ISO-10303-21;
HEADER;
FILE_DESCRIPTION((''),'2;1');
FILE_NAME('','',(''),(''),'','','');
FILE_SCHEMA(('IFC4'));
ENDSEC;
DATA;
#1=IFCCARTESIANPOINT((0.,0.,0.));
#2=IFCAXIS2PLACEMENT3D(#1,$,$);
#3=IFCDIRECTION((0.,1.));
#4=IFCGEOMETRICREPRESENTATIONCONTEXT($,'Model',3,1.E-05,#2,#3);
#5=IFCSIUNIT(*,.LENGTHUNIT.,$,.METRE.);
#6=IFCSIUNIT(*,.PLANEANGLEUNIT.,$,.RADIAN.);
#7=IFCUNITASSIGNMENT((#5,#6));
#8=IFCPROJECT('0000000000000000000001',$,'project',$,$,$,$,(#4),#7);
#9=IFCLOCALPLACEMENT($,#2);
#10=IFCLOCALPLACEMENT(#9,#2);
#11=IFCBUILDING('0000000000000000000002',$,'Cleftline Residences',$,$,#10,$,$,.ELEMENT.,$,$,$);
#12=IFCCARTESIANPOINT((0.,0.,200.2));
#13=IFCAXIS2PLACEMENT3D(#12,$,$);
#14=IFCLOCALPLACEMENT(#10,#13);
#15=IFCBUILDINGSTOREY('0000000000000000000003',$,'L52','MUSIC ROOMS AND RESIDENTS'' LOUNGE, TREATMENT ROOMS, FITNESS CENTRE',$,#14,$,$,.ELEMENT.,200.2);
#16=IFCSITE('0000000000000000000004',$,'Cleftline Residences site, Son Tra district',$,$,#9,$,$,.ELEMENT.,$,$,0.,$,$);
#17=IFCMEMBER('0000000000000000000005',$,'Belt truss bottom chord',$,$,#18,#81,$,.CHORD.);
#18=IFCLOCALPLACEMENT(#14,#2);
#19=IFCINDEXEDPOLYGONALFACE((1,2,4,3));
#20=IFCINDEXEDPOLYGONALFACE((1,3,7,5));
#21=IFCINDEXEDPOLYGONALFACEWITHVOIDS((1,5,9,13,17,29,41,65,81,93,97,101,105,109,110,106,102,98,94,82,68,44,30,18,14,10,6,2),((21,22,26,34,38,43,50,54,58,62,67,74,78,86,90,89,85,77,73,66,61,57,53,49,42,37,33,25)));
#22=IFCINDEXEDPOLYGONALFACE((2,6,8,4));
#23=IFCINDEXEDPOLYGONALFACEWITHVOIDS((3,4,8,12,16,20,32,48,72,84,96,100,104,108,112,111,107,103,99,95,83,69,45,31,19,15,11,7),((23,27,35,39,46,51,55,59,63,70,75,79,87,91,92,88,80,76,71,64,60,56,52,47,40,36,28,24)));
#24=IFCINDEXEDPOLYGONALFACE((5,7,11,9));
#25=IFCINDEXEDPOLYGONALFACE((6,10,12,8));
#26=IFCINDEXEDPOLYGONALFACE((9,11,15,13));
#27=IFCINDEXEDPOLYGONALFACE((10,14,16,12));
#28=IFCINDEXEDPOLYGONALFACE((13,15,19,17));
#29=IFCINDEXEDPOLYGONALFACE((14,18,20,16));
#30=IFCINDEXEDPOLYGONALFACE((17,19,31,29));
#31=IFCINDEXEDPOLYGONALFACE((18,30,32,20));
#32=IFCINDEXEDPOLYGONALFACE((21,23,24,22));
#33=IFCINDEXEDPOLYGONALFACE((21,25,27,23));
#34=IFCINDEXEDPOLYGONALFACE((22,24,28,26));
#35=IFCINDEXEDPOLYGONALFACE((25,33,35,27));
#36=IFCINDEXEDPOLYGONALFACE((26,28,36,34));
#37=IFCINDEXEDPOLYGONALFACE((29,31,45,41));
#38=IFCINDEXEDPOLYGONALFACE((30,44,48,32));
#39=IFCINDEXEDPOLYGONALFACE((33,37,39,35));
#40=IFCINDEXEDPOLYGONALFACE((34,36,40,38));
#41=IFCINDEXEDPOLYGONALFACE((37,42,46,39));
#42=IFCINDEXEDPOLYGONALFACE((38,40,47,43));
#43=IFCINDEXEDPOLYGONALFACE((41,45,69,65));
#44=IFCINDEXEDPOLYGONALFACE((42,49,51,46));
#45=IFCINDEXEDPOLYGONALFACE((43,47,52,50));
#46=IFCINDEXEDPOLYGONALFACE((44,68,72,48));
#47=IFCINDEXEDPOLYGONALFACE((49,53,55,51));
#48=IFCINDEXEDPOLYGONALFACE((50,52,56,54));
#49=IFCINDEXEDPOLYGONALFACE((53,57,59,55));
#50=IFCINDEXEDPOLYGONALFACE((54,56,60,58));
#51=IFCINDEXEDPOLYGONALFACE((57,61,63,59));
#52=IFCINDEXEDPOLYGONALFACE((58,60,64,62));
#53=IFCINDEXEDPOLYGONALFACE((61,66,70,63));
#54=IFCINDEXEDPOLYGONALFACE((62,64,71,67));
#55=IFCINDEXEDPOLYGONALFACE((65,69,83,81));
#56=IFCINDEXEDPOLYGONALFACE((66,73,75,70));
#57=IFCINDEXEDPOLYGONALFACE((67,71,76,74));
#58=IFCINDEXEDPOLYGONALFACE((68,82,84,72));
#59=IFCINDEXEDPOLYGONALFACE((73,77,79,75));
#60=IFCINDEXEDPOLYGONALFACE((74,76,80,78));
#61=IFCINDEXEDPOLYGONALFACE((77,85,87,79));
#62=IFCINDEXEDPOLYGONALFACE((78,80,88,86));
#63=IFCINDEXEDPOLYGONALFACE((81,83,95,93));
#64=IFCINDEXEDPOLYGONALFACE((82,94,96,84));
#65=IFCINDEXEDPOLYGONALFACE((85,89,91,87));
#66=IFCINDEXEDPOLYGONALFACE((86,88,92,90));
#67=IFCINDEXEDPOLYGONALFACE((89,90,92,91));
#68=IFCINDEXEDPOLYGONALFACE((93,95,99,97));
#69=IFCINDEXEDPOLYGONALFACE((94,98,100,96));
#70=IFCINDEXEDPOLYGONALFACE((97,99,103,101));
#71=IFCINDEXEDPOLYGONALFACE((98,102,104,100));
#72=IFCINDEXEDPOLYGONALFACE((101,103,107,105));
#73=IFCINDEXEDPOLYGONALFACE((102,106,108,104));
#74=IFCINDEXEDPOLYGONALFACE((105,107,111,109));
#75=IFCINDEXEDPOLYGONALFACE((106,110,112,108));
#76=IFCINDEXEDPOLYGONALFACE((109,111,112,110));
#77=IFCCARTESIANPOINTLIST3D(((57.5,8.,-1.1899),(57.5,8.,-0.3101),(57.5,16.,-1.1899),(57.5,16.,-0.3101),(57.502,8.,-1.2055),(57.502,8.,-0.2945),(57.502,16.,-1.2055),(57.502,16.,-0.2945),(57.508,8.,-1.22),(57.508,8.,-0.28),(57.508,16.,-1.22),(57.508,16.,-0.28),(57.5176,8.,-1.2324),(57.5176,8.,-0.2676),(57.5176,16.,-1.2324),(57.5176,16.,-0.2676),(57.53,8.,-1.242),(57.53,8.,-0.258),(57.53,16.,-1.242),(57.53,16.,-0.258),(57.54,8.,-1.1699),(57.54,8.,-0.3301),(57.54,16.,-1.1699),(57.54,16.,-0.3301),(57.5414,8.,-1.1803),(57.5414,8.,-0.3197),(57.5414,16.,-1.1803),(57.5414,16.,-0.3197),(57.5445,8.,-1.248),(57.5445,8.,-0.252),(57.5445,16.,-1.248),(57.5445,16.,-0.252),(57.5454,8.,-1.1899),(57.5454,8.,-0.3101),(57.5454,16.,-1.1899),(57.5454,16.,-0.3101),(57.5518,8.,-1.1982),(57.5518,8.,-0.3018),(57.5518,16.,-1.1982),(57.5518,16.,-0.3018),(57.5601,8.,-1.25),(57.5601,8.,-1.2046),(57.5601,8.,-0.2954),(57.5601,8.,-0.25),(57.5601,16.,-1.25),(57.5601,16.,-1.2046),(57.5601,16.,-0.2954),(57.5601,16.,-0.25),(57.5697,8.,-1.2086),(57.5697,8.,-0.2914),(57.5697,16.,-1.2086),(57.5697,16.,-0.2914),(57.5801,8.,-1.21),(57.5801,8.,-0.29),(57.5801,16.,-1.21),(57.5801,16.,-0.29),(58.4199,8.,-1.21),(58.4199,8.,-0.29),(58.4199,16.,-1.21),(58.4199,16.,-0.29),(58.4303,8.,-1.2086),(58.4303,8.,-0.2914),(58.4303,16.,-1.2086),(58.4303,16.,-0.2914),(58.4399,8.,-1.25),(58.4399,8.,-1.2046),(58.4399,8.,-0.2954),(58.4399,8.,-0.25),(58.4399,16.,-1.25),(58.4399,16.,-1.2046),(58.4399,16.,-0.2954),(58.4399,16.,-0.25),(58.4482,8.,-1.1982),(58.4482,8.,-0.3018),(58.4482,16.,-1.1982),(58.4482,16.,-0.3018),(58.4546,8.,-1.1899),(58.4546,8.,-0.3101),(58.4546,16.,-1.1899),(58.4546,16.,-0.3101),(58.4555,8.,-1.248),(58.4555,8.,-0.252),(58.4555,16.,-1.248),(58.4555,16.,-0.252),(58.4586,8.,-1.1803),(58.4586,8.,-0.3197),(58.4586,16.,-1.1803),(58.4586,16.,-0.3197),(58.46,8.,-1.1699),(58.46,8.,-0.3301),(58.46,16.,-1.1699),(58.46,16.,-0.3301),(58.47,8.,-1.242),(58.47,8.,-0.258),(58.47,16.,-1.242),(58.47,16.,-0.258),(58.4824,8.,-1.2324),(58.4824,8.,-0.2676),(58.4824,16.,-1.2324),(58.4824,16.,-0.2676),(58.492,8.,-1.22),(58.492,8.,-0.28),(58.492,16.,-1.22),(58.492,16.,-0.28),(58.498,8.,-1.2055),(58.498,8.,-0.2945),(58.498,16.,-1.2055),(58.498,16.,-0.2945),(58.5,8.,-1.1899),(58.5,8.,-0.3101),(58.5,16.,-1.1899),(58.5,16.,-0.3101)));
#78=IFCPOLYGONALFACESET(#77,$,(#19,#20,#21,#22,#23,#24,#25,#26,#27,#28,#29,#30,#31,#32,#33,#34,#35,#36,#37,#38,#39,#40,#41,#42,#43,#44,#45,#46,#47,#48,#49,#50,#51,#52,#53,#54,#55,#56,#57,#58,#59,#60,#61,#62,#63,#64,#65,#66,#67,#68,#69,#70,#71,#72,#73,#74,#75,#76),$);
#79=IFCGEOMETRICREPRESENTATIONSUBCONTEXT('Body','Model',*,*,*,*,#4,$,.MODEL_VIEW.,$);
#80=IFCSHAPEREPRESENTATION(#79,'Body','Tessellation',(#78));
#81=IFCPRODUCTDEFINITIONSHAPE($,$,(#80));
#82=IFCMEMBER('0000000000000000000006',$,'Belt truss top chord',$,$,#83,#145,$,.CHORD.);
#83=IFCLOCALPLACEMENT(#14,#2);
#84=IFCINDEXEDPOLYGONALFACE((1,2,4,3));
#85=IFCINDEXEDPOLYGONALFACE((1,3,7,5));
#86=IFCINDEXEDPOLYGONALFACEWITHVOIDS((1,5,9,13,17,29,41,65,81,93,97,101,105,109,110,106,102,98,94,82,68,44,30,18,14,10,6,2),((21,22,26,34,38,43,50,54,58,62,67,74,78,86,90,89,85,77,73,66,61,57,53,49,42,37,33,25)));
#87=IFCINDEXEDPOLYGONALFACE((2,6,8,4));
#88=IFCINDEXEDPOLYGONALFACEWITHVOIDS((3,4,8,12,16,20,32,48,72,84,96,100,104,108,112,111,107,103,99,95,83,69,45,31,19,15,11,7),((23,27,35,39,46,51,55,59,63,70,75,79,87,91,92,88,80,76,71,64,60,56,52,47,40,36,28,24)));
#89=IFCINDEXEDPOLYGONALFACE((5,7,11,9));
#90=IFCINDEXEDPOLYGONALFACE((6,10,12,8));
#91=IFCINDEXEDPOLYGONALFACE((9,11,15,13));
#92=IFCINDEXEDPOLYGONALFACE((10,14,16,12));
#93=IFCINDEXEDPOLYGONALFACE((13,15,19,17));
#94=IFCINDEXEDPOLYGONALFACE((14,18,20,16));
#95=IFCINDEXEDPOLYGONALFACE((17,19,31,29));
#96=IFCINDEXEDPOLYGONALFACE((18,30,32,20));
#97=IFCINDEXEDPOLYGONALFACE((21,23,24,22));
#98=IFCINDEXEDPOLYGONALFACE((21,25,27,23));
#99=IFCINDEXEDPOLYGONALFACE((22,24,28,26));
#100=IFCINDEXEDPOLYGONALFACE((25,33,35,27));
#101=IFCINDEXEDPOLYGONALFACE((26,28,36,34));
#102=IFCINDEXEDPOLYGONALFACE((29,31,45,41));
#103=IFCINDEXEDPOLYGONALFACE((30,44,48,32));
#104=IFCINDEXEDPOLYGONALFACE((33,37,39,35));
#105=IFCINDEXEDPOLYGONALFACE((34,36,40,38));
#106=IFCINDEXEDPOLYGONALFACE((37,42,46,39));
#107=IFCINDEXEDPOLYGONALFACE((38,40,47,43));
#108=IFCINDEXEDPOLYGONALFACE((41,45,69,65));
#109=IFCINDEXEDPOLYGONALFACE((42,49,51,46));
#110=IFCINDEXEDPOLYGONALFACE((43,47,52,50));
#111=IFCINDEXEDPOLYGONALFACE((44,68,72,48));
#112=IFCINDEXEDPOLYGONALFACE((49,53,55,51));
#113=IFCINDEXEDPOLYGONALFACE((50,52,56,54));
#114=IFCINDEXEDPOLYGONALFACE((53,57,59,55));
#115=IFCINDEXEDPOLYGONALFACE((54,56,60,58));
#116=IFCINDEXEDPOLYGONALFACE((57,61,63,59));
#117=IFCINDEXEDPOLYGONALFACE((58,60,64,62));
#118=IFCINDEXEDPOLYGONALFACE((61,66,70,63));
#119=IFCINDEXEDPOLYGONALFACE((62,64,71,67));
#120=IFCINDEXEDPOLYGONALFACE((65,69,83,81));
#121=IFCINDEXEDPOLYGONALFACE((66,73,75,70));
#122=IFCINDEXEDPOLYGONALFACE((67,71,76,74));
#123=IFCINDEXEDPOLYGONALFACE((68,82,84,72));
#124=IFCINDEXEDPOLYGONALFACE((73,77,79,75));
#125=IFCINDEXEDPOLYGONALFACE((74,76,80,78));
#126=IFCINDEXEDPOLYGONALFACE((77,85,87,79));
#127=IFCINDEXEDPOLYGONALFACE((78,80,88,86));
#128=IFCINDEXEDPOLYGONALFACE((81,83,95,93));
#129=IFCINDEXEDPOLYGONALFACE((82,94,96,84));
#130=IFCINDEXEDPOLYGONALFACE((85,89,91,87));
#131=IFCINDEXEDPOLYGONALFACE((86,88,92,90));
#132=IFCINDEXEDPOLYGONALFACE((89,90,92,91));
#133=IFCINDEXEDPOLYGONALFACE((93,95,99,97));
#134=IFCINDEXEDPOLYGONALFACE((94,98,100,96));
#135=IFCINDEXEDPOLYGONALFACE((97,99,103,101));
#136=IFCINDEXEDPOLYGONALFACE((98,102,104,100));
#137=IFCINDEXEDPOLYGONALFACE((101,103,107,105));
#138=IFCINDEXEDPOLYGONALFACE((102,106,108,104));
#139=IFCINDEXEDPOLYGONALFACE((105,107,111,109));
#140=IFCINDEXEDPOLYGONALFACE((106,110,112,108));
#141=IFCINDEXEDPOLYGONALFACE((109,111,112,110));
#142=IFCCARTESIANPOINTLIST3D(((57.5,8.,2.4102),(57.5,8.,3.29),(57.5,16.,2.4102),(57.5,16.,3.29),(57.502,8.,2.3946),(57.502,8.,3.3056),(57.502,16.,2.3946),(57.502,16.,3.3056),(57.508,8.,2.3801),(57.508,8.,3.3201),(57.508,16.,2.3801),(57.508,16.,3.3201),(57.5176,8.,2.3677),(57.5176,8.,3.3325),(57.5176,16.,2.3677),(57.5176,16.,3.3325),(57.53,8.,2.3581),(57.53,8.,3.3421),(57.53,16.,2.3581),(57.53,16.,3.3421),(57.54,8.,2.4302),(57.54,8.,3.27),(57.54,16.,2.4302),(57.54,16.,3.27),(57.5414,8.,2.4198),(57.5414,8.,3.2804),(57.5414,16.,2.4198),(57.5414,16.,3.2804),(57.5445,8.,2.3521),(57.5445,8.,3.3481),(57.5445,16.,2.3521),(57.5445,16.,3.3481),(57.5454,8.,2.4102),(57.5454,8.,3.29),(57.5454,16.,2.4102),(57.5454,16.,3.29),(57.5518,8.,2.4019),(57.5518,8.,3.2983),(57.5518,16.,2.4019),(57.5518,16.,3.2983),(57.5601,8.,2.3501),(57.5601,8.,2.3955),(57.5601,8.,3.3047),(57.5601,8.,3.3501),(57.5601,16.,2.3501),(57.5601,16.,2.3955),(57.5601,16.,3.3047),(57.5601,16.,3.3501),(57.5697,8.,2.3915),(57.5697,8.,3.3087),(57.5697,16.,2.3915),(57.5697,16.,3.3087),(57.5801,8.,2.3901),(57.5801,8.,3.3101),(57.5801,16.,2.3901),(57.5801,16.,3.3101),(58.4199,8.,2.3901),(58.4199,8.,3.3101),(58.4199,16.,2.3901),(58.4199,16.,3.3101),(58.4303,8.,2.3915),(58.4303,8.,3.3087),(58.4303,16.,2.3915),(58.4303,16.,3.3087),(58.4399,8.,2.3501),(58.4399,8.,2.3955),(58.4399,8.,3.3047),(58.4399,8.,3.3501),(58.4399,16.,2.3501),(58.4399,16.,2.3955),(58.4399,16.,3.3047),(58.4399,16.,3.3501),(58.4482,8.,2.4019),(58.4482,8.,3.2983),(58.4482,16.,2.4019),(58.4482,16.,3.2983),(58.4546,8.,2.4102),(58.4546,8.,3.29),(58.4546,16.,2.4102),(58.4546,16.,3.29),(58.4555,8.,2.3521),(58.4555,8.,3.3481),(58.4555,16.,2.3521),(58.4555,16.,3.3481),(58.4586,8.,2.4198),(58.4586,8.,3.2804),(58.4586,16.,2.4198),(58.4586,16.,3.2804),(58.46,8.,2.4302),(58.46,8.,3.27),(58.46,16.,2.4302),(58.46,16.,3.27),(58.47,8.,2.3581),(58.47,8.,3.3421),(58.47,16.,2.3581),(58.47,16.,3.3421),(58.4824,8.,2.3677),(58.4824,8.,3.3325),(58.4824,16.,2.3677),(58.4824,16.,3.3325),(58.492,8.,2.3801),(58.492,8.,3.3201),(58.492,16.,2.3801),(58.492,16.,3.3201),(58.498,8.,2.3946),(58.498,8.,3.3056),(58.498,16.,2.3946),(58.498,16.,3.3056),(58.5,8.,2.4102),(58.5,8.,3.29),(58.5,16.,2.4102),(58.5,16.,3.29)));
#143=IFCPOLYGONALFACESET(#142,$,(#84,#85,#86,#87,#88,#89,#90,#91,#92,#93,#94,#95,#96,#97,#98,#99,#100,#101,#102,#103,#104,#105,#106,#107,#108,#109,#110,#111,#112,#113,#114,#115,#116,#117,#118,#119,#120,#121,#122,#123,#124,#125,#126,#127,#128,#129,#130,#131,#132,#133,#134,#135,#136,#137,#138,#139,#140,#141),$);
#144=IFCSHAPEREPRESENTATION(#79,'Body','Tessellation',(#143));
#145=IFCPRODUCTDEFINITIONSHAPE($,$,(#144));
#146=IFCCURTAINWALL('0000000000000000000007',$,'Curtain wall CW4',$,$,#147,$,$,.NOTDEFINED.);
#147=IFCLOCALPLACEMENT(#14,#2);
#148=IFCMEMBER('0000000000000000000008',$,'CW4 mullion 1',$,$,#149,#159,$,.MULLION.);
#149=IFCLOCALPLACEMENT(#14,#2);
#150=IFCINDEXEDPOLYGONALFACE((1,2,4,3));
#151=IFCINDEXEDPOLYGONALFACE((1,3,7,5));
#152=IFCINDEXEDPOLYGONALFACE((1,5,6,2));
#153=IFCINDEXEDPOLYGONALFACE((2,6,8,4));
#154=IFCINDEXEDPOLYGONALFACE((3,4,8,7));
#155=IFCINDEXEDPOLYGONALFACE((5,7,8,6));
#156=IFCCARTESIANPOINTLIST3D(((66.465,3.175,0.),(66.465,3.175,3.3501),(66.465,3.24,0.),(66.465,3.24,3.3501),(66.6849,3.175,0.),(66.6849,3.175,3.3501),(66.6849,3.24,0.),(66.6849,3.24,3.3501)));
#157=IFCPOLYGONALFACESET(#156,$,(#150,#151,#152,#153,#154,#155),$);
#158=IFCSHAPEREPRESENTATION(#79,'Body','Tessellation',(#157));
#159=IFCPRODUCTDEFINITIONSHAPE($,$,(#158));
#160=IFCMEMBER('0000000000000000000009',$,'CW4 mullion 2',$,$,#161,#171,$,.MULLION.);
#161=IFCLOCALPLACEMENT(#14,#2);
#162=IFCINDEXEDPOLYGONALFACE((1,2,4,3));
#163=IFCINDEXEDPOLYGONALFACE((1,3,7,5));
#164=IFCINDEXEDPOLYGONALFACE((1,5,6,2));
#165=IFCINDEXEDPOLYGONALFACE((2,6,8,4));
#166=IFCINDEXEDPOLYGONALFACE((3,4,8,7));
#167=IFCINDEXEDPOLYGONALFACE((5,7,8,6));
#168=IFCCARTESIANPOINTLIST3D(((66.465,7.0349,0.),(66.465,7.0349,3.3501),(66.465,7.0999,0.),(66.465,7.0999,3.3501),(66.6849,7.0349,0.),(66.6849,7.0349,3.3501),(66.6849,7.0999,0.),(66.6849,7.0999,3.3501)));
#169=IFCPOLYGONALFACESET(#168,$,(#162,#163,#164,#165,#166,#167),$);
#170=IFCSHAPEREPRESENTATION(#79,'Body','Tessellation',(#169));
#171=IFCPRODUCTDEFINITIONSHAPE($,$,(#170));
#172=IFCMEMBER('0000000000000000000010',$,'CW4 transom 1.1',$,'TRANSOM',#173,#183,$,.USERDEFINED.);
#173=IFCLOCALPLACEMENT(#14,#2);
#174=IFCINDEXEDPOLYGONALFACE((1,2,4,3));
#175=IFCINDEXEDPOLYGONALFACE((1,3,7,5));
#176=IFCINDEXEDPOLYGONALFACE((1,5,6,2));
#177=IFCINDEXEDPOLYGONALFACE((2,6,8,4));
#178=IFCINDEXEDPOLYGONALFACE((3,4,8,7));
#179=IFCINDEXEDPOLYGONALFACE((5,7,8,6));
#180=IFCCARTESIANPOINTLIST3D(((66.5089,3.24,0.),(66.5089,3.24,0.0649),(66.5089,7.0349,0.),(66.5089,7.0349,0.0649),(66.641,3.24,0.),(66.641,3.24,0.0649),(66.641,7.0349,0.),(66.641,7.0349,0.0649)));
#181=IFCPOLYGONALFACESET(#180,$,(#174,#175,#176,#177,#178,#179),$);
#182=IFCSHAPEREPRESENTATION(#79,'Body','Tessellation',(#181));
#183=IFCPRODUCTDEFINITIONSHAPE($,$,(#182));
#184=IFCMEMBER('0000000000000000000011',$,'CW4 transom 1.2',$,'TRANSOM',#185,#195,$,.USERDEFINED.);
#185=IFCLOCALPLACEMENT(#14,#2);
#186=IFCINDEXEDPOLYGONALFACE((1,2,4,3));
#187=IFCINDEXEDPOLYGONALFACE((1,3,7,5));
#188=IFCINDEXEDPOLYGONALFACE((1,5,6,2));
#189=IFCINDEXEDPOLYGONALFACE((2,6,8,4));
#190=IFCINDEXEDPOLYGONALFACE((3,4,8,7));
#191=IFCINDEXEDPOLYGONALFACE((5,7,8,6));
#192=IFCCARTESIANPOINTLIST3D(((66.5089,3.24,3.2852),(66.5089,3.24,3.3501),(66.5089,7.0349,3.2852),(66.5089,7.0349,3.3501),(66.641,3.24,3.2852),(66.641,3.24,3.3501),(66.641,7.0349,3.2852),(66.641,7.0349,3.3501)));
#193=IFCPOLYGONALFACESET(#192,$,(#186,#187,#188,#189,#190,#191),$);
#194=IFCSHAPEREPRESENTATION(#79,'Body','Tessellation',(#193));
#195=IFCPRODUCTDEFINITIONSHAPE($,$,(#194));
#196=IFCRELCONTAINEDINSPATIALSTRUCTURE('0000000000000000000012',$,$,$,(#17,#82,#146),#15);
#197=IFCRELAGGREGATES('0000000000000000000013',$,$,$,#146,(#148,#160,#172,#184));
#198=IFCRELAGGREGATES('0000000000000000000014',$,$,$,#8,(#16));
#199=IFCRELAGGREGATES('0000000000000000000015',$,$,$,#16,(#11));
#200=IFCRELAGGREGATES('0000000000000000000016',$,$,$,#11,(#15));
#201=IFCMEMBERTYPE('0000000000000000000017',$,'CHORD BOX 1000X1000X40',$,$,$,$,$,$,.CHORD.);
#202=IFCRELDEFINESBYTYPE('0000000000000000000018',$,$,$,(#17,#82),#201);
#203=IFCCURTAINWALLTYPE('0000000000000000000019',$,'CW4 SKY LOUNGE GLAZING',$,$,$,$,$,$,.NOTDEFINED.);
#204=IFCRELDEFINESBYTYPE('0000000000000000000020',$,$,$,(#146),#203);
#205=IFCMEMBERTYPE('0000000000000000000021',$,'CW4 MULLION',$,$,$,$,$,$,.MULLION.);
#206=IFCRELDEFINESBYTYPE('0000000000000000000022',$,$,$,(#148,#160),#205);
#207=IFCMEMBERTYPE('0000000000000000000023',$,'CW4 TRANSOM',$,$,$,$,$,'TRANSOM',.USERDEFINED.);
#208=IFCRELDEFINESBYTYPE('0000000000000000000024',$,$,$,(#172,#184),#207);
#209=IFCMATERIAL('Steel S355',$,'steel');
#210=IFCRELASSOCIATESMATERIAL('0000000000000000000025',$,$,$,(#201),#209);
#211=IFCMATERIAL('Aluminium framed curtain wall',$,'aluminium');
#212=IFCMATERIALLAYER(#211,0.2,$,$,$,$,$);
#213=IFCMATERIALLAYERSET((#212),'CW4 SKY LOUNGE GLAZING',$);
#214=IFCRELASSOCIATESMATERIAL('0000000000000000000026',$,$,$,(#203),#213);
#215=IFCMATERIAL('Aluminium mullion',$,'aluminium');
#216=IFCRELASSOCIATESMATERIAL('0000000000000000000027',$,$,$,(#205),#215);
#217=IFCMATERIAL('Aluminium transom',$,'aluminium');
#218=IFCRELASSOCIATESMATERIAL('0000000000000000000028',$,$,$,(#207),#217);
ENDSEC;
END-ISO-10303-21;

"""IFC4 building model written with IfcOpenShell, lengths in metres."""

from ifc_helpers import new_model, si_unit, direction, frame, origin, origin_2d, place, context, subcontext, project, spatial, rectangle, hollow_rectangle, extrude, material, layer, layer_set, material_profile, profile_set, type_object, element, aggregate, save


model = new_model("IFC4")

# Units and contexts
model_context = context("Model", 3, precision=1e-05, world=origin(), true_north=direction((0.0, 1.0)))
body_context = subcontext(model_context, "Body", "Model", "MODEL_VIEW")
ifc_project = project(units=[si_unit("LENGTHUNIT", "METRE"), si_unit("PLANEANGLEUNIT", "RADIAN")], contexts=[model_context])

# Site, building, storey
site_placement = place(None, origin())
site = spatial("IfcSite", under=ifc_project, at=site_placement, Name="Cleftline Residences site, Son Tra district", CompositionType="ELEMENT", RefElevation=0.0)
building_placement = place(site_placement, origin())
building = spatial("IfcBuilding", under=site, at=building_placement, Name="Cleftline Residences", CompositionType="ELEMENT")
storey_placement = place(building_placement, frame((0.0, 0.0, 200.2)))
storey = spatial("IfcBuildingStorey", under=building, at=storey_placement, Name="L52", Description="MUSIC ROOMS AND RESIDENTS' LOUNGE, TREATMENT ROOMS, FITNESS CENTRE", CompositionType="ELEMENT", Elevation=200.2)

# Members
ifc_material_1 = material(Name="Steel S355", Category="steel")
ifc_material_profile_1 = material_profile(ifc_material_1, hollow_rectangle(XDim=1.0, YDim=1.0, WallThickness=0.04, InnerFilletRadius=0.04, OuterFilletRadius=0.0601, at=origin_2d()))
ifc_profile_set_1 = profile_set([ifc_material_profile_1], Name="Steel S355")
member_type_1 = type_object("IfcMemberType", Name="CHORD BOX 1000X1000X40", PredefinedType="CHORD", material=ifc_profile_set_1)
for number, where, z_axis, x_axis, name in (
    (1, (58.0, 8.0, -0.75), (0.0, 1.0, 0.0), (-1.0, 0.0, 0.0), "Belt truss bottom chord"),
    (2, (58.0, 8.0, 2.8501), (0.0, 1.0, 0.0), (-1.0, 0.0, 0.0), "Belt truss top chord"),
):
    element("IfcMember", number, at=place(storey_placement, frame(where, z_axis=z_axis, x_axis=x_axis)), inside=storey, type_object=member_type_1, Name=name, PredefinedType="CHORD", context=body_context, shape_type="SweptSolid", body=[
        extrude(hollow_rectangle(XDim=1.0, YDim=1.0, WallThickness=0.04, InnerFilletRadius=0.04, OuterFilletRadius=0.0601, at=origin_2d()), origin(), (0.0, 0.0, 1.0), 8.0),
    ])

# Curtain wall, members
ifc_material_2 = material(Name="Aluminium framed curtain wall", Category="aluminium")
ifc_layer_1 = layer(ifc_material_2, 0.2)
ifc_layer_set_1 = layer_set([ifc_layer_1], Name="CW4 SKY LOUNGE GLAZING")
curtain_wall_type = type_object("IfcCurtainWallType", Name="CW4 SKY LOUNGE GLAZING", PredefinedType="NOTDEFINED", material=ifc_layer_set_1)
curtain_wall_placement = place(storey_placement, origin())
curtain_wall = element("IfcCurtainWall", 3, at=curtain_wall_placement, inside=storey, type_object=curtain_wall_type, Name="Curtain wall CW4", PredefinedType="NOTDEFINED")
ifc_material_3 = material(Name="Aluminium mullion", Category="aluminium")
ifc_material_profile_2 = material_profile(ifc_material_3, rectangle(XDim=0.22, YDim=0.0649, at=origin_2d()))
ifc_profile_set_2 = profile_set([ifc_material_profile_2], Name="Aluminium mullion")
member_type_2 = type_object("IfcMemberType", Name="CW4 MULLION", PredefinedType="MULLION", material=ifc_profile_set_2)
member_1_placement = place(storey_placement, frame((66.575, 3.2075, 0.0), z_axis=(0.0, 0.0, 1.0), x_axis=(-1.0, 0.0, 0.0)))
member_1 = element("IfcMember", 4, at=member_1_placement, type_object=member_type_2, Name="CW4 mullion 1", PredefinedType="MULLION", context=body_context, shape_type="SweptSolid", body=[
    extrude(rectangle(XDim=0.22, YDim=0.0649, at=origin_2d()), origin(), (0.0, 0.0, 1.0), 3.3501),
])
member_2_placement = place(storey_placement, frame((66.575, 7.0674, 0.0), z_axis=(0.0, 0.0, 1.0), x_axis=(-1.0, 0.0, 0.0)))
member_2 = element("IfcMember", 5, at=member_2_placement, type_object=member_type_2, Name="CW4 mullion 2", PredefinedType="MULLION", context=body_context, shape_type="SweptSolid", body=[
    extrude(rectangle(XDim=0.22, YDim=0.0649, at=origin_2d()), origin(), (0.0, 0.0, 1.0), 3.3501),
])
ifc_material_4 = material(Name="Aluminium transom", Category="aluminium")
ifc_material_profile_3 = material_profile(ifc_material_4, rectangle(XDim=0.1321, YDim=0.0649, at=origin_2d()))
ifc_profile_set_3 = profile_set([ifc_material_profile_3], Name="Aluminium transom")
member_type_3 = type_object("IfcMemberType", Name="CW4 TRANSOM", ElementType="TRANSOM", PredefinedType="USERDEFINED", material=ifc_profile_set_3)
member_3_placement = place(storey_placement, frame((66.575, 3.24, 0.0325), z_axis=(0.0, 1.0, 0.0), x_axis=(-1.0, 0.0, 0.0)))
member_3 = element("IfcMember", 6, at=member_3_placement, type_object=member_type_3, Name="CW4 transom 1.1", ObjectType="TRANSOM", PredefinedType="USERDEFINED", context=body_context, shape_type="SweptSolid", body=[
    extrude(rectangle(XDim=0.1321, YDim=0.0649, at=origin_2d()), origin(), (0.0, 0.0, 1.0), 3.7949),
])
member_4_placement = place(storey_placement, frame((66.575, 3.24, 3.3176), z_axis=(0.0, 1.0, 0.0), x_axis=(-1.0, 0.0, 0.0)))
member_4 = element("IfcMember", 7, at=member_4_placement, type_object=member_type_3, Name="CW4 transom 1.2", ObjectType="TRANSOM", PredefinedType="USERDEFINED", context=body_context, shape_type="SweptSolid", body=[
    extrude(rectangle(XDim=0.1321, YDim=0.0649, at=origin_2d()), origin(), (0.0, 0.0, 1.0), 3.7949),
])
aggregate(curtain_wall, [member_1, member_2, member_3, member_4])

save(model, "model.ifc")
